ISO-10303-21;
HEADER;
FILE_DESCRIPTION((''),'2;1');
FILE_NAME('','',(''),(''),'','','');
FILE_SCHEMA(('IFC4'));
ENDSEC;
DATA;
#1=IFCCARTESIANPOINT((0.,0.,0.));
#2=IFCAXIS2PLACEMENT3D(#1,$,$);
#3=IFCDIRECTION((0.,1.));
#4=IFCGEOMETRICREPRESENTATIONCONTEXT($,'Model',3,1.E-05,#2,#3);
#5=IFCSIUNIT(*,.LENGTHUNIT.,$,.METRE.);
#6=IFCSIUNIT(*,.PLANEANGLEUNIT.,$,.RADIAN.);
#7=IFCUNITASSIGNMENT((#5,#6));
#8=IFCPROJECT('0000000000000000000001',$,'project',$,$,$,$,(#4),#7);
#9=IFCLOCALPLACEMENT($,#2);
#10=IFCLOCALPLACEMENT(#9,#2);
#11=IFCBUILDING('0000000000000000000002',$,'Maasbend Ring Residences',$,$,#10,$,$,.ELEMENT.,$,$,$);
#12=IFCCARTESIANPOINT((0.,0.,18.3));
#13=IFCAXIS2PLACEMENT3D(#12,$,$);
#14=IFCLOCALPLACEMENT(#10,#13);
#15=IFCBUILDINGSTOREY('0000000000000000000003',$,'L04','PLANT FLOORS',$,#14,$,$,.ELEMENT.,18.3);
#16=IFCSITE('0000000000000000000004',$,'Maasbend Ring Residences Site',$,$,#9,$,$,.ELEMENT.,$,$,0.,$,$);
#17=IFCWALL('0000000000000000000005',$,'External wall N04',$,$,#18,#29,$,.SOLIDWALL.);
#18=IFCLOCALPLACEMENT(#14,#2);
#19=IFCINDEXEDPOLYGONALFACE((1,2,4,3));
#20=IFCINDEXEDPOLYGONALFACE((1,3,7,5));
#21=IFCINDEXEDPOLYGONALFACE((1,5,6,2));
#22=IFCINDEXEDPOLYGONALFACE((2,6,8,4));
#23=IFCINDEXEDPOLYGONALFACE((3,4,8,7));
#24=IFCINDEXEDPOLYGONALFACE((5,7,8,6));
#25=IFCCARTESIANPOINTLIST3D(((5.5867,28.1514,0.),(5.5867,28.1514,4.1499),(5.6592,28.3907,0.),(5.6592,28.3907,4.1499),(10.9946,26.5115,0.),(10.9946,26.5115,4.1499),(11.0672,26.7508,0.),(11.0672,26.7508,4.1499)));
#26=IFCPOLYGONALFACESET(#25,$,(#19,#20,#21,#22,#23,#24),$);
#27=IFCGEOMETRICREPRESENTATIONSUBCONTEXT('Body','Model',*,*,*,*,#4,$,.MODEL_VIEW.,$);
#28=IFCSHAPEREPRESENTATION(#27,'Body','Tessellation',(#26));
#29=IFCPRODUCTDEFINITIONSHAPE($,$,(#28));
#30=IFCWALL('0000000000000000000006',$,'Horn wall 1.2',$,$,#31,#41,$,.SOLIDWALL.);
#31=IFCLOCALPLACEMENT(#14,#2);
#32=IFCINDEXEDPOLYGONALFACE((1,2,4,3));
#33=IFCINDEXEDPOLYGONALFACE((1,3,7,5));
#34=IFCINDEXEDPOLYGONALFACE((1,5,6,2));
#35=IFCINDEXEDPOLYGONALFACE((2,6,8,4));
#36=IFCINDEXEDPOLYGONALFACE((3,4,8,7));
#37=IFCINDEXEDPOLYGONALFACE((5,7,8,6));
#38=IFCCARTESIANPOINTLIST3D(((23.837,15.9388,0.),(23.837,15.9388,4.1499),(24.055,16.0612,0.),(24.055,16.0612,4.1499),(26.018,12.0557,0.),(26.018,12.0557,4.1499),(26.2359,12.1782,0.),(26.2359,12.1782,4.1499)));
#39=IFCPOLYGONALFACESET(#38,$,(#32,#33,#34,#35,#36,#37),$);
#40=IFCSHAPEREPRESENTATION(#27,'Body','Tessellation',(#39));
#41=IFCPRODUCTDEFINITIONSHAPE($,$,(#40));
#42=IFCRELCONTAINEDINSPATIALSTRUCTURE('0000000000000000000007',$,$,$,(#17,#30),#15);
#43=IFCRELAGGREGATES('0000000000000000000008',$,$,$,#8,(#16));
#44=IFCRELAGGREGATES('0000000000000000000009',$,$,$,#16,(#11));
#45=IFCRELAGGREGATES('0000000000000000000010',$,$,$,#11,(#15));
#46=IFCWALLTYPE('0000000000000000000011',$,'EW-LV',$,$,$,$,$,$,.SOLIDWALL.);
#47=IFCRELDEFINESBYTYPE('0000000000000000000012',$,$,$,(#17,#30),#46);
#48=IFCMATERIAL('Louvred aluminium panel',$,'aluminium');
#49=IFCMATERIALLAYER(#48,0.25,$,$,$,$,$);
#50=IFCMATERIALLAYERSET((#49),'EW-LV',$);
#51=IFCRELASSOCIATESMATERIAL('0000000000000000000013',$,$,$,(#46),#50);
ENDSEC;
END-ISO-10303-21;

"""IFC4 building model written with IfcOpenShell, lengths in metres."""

from ifc_helpers import new_model, si_unit, direction, frame, frame_2d, origin, place, context, subcontext, project, spatial, rectangle, extrude, material, layer, layer_set, type_object, element, save


model = new_model("IFC4")

# Units and contexts
model_context = context("Model", 3, precision=1e-05, world=origin(), true_north=direction((0.0, 1.0)))
body_context = subcontext(model_context, "Body", "Model", "MODEL_VIEW")
ifc_project = project(units=[si_unit("LENGTHUNIT", "METRE"), si_unit("PLANEANGLEUNIT", "RADIAN")], contexts=[model_context])

# Site, building, storey
site_placement = place(None, origin())
site = spatial("IfcSite", under=ifc_project, at=site_placement, Name="Maasbend Ring Residences Site", CompositionType="ELEMENT", RefElevation=0.0)
building_placement = place(site_placement, origin())
building = spatial("IfcBuilding", under=site, at=building_placement, Name="Maasbend Ring Residences", CompositionType="ELEMENT")
storey_placement = place(building_placement, frame((0.0, 0.0, 18.3)))
storey = spatial("IfcBuildingStorey", under=building, at=storey_placement, Name="L04", Description="PLANT FLOORS", CompositionType="ELEMENT", Elevation=18.3)

# Walls
ifc_material_1 = material(Name="Louvred aluminium panel", Category="aluminium")
ifc_layer_1 = layer(ifc_material_1, 0.25)
ifc_layer_set_1 = layer_set([ifc_layer_1], Name="EW-LV")
wall_type_1 = type_object("IfcWallType", Name="EW-LV", PredefinedType="SOLIDWALL", material=ifc_layer_set_1)
wall_1_placement = place(storey_placement, frame((11.031, 26.6311, 0.0), z_axis=(0.0, 0.0, 1.0), x_axis=(-0.95697, 0.290188, 0.0)))
element("IfcWall", 1, at=wall_1_placement, inside=storey, type_object=wall_type_1, Name="External wall N04", PredefinedType="SOLIDWALL", context=body_context, shape_type="SweptSolid", body=[
    extrude(rectangle(XDim=5.6511, YDim=0.25, at=frame_2d((2.8257, 0.0))), origin(), (0.0, 0.0, 1.0), 4.1499),
])
wall_2_placement = place(storey_placement, frame((26.127, 12.1169, 0.0), z_axis=(0.0, 0.0, 1.0), x_axis=(-0.489696, 0.871893, 0.0)))
element("IfcWall", 2, at=wall_2_placement, inside=storey, type_object=wall_type_1, Name="Horn wall 1.2", PredefinedType="SOLIDWALL", context=body_context, shape_type="SweptSolid", body=[
    extrude(rectangle(XDim=4.4536, YDim=0.25, at=frame_2d((2.2268, 0.0))), origin(), (0.0, 0.0, 1.0), 4.1499),
])

save(model, "model.ifc")
